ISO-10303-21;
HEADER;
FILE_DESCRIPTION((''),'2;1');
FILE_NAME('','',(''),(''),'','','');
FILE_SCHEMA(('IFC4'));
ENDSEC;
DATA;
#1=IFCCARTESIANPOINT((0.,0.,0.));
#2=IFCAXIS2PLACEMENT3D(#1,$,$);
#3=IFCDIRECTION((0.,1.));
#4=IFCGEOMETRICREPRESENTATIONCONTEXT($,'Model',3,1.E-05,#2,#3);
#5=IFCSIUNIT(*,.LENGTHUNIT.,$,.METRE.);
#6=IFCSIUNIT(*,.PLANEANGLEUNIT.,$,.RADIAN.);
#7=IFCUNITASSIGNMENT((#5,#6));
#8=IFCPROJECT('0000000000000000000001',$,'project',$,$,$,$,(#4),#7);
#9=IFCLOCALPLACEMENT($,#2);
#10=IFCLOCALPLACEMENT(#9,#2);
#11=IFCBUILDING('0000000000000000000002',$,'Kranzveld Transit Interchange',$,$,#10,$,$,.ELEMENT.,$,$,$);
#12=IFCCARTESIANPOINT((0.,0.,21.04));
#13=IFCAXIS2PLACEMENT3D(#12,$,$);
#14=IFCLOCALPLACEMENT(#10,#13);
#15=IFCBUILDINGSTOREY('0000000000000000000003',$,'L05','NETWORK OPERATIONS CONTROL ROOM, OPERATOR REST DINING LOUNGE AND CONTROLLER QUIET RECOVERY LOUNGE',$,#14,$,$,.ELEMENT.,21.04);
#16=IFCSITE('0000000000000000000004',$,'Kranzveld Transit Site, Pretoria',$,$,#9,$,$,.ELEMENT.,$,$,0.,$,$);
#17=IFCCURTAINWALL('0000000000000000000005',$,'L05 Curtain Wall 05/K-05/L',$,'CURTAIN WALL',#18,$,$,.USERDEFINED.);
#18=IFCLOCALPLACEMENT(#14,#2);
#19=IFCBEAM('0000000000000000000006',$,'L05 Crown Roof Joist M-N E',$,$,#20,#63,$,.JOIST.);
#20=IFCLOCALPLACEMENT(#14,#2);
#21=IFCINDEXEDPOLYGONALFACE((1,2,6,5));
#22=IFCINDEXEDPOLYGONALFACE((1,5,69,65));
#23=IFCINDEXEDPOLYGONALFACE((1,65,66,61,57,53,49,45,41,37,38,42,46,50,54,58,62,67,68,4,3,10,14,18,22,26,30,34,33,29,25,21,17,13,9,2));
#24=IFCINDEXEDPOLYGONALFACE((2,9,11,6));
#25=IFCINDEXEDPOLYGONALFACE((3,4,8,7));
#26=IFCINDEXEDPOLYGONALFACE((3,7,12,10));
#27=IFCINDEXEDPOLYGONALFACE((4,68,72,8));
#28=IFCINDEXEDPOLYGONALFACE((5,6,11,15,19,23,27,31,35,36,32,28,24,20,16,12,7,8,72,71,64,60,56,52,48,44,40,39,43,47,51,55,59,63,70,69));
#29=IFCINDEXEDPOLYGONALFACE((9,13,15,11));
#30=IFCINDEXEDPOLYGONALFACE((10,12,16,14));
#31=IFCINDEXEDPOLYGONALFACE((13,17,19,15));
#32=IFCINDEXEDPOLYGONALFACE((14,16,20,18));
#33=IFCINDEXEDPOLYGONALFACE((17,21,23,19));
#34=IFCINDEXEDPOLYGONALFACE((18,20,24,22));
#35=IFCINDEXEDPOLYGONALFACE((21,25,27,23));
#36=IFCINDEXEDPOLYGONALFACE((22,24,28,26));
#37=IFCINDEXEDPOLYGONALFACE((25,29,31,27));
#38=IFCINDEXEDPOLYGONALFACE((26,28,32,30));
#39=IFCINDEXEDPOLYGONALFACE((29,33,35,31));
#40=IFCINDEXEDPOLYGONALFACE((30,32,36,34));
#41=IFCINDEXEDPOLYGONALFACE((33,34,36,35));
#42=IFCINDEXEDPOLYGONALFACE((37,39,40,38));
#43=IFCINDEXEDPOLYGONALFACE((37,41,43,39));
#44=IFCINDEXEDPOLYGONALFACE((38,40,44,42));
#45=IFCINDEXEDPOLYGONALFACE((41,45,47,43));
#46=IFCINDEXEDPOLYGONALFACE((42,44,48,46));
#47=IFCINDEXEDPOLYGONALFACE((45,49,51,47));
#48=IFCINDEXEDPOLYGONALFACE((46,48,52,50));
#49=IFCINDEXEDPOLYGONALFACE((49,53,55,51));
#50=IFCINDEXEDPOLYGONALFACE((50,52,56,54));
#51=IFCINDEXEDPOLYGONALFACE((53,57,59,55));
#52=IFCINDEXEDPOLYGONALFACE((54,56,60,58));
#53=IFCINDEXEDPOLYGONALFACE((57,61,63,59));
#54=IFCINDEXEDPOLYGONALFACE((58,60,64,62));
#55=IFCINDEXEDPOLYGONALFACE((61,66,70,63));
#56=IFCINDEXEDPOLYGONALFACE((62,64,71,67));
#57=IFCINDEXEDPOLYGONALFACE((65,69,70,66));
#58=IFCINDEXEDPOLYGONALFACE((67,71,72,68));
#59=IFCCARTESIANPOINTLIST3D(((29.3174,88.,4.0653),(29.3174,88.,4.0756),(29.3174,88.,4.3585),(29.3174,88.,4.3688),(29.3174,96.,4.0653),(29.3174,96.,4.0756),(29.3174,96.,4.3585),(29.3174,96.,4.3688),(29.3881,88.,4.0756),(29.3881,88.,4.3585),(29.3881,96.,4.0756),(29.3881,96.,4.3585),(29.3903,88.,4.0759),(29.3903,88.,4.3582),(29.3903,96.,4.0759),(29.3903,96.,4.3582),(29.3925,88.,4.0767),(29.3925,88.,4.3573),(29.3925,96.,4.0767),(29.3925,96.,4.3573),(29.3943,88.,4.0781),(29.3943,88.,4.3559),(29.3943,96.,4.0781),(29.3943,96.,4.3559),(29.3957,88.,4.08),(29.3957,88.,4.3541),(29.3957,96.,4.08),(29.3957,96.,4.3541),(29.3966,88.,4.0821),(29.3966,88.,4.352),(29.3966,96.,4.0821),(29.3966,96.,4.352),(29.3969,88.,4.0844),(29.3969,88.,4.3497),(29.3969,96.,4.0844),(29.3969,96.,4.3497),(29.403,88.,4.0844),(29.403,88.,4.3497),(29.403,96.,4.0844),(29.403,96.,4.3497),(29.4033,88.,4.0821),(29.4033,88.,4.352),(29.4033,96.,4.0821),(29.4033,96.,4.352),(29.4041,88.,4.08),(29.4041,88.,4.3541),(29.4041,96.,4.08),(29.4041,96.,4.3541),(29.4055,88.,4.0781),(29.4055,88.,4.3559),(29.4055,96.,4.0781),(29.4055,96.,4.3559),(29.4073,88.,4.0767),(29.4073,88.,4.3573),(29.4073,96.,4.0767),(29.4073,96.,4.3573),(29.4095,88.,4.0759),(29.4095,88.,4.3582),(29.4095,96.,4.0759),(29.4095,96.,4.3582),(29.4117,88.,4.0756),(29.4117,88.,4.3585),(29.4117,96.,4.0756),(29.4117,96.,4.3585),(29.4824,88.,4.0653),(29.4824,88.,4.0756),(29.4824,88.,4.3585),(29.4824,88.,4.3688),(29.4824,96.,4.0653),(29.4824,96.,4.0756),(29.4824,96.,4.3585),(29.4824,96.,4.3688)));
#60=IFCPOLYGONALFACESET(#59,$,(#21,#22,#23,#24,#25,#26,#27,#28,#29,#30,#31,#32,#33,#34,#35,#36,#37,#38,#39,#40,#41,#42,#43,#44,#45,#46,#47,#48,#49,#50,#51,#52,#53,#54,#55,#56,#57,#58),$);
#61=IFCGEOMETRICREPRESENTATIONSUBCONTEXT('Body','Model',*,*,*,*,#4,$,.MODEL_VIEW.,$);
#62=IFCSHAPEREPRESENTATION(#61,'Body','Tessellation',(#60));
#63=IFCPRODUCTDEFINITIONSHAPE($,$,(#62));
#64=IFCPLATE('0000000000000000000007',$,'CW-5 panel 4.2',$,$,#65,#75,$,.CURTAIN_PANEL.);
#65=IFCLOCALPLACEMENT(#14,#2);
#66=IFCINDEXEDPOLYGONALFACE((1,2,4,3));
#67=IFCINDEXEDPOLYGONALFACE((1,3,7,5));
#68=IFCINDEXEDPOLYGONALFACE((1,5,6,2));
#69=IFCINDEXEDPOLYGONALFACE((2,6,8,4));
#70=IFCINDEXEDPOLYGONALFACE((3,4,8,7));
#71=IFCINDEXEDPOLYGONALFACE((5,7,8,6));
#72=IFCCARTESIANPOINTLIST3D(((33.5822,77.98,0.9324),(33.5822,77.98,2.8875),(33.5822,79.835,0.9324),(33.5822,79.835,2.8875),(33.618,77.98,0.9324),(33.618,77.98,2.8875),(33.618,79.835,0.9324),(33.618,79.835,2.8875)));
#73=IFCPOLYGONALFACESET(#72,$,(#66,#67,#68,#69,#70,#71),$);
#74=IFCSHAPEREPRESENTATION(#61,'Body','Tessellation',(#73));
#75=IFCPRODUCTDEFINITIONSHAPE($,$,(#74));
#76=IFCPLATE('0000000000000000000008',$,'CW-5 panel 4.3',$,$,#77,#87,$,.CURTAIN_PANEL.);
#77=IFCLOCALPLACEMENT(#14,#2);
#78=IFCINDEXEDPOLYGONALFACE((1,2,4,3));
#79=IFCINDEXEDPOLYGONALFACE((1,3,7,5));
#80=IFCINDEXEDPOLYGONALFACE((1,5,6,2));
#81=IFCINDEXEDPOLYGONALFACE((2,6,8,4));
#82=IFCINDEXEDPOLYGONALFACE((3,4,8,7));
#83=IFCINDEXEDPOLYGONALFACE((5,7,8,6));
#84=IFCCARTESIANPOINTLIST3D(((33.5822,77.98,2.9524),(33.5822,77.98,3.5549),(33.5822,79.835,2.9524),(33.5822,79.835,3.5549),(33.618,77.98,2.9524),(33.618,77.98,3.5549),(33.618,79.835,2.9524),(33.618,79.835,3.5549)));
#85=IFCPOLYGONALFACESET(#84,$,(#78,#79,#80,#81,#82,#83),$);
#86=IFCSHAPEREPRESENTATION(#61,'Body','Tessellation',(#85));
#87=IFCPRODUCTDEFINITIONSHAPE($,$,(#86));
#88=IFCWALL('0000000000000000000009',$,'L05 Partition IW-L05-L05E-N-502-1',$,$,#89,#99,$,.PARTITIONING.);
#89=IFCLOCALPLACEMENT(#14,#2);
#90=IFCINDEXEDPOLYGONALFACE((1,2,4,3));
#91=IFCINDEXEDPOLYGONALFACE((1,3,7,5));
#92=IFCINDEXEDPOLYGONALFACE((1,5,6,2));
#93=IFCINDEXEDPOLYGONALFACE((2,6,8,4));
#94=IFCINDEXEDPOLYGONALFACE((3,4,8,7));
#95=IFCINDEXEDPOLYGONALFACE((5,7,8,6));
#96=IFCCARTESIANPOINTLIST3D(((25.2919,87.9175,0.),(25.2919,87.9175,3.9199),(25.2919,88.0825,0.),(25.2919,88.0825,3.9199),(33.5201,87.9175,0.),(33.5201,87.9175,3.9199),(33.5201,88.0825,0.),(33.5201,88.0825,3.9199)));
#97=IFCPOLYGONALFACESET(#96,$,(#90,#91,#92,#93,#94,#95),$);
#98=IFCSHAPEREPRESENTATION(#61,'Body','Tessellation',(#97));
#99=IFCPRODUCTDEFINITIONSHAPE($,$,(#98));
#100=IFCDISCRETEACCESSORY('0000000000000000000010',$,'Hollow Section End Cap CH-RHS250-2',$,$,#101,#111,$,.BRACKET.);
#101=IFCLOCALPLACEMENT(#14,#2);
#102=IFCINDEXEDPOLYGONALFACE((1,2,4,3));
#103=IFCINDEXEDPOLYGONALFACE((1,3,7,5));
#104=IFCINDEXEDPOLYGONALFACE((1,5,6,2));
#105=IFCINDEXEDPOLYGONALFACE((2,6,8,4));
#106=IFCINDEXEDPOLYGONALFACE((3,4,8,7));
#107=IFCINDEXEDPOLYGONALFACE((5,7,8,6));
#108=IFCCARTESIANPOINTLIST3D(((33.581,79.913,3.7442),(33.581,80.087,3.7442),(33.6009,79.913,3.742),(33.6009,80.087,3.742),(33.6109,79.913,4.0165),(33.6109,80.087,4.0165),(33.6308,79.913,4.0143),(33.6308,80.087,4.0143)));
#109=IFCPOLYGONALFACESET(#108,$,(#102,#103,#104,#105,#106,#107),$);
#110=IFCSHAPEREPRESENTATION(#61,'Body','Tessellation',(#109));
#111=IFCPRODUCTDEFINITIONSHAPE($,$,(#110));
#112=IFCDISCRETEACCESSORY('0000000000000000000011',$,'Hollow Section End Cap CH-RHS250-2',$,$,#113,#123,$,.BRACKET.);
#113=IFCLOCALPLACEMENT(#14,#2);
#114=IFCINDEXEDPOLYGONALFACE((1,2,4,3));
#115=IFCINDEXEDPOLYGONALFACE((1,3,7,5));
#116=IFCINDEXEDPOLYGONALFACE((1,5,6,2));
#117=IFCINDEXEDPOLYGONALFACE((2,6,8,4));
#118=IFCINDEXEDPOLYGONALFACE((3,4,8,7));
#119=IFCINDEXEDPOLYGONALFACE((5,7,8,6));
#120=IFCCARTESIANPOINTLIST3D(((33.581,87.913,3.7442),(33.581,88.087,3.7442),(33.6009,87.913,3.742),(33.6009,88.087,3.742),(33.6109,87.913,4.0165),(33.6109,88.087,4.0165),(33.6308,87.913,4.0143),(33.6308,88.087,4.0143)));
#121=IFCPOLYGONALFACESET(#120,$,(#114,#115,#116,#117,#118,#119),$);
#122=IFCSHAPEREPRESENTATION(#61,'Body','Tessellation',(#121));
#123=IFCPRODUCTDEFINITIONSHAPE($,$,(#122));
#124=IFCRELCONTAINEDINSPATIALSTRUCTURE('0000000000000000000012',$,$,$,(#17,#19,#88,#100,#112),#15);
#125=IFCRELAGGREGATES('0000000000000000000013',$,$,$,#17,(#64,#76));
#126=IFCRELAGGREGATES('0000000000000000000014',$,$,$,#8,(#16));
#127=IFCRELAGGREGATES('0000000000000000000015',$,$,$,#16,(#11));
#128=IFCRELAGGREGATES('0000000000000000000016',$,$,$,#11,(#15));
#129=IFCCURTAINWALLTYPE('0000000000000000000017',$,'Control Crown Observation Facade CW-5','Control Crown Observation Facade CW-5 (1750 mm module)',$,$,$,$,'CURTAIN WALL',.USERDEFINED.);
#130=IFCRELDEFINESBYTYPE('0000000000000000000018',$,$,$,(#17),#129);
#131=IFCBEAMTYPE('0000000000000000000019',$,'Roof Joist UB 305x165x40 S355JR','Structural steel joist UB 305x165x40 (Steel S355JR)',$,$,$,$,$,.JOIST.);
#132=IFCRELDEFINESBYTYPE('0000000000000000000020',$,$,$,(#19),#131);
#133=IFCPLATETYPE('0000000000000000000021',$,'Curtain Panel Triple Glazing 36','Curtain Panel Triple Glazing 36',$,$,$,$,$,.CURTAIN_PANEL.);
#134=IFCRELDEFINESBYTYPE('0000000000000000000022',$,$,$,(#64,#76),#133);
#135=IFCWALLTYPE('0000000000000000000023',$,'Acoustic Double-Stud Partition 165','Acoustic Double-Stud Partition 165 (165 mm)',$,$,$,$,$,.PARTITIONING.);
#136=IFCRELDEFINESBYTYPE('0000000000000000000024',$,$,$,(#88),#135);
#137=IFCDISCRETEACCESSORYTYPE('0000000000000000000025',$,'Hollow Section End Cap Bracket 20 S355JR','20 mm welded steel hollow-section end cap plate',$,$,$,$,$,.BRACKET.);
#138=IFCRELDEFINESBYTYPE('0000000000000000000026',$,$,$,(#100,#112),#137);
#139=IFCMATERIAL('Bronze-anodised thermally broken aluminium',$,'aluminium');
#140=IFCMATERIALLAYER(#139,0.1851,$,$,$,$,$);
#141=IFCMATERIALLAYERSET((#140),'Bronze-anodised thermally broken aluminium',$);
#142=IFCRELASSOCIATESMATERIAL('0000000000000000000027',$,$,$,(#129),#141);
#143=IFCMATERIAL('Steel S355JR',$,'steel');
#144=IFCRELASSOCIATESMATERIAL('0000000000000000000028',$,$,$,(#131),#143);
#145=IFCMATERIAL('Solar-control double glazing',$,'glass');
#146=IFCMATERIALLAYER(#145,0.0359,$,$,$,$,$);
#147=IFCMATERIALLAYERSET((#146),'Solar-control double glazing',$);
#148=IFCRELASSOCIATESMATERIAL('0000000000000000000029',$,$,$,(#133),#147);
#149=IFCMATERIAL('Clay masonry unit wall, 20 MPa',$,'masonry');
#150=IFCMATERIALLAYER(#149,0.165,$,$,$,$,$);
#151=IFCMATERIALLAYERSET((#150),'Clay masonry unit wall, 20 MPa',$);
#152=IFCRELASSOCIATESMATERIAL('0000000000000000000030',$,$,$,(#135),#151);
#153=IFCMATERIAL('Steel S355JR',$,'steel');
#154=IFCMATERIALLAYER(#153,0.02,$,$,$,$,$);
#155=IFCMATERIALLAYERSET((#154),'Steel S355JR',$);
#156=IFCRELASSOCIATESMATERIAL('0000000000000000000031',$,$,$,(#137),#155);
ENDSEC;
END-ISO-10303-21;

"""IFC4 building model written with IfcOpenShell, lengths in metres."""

from ifc_helpers import new_model, si_unit, direction, frame, frame_2d, origin, origin_2d, place, context, subcontext, project, spatial, rectangle, i_section, extrude, material, layer, layer_set, material_profile, profile_set, type_object, element, aggregate, save


model = new_model("IFC4")

# Units and contexts
model_context = context("Model", 3, precision=1e-05, world=origin(), true_north=direction((0.0, 1.0)))
body_context = subcontext(model_context, "Body", "Model", "MODEL_VIEW")
ifc_project = project(units=[si_unit("LENGTHUNIT", "METRE"), si_unit("PLANEANGLEUNIT", "RADIAN")], contexts=[model_context])

# Site, building, storey
site_placement = place(None, origin())
site = spatial("IfcSite", under=ifc_project, at=site_placement, Name="Kranzveld Transit Site, Pretoria", CompositionType="ELEMENT", RefElevation=0.0)
building_placement = place(site_placement, origin())
building = spatial("IfcBuilding", under=site, at=building_placement, Name="Kranzveld Transit Interchange", CompositionType="ELEMENT")
storey_placement = place(building_placement, frame((0.0, 0.0, 21.04)))
storey = spatial("IfcBuildingStorey", under=building, at=storey_placement, Name="L05", Description="NETWORK OPERATIONS CONTROL ROOM, OPERATOR REST DINING LOUNGE AND CONTROLLER QUIET RECOVERY LOUNGE", CompositionType="ELEMENT", Elevation=21.04)

# Curtain wall
ifc_material_1 = material(Name="Bronze-anodised thermally broken aluminium", Category="aluminium")
ifc_layer_1 = layer(ifc_material_1, 0.1851)
ifc_layer_set_1 = layer_set([ifc_layer_1], Name="Bronze-anodised thermally broken aluminium")
curtain_wall_type = type_object("IfcCurtainWallType", Name="Control Crown Observation Facade CW-5", Description="Control Crown Observation Facade CW-5 (1750 mm module)", ElementType="CURTAIN WALL", PredefinedType="USERDEFINED", material=ifc_layer_set_1)
curtain_wall_1_placement = place(storey_placement, origin())
curtain_wall_1 = element("IfcCurtainWall", 1, at=curtain_wall_1_placement, inside=storey, type_object=curtain_wall_type, Name="L05 Curtain Wall 05/K-05/L", ObjectType="CURTAIN WALL", PredefinedType="USERDEFINED")

# Beam
ifc_material_2 = material(Name="Steel S355JR", Category="steel")
ifc_material_profile_1 = material_profile(ifc_material_2, i_section(OverallWidth=0.165, OverallDepth=0.3035, WebThickness=0.0061, FlangeThickness=0.0103, FilletRadius=0.0088, at=origin_2d()), Name="UB 305x165x40")
ifc_profile_set_1 = profile_set([ifc_material_profile_1], Name="Steel S355JR")
beam_type_1 = type_object("IfcBeamType", Name="Roof Joist UB 305x165x40 S355JR", Description="Structural steel joist UB 305x165x40 (Steel S355JR)", PredefinedType="JOIST", material=ifc_profile_set_1)
for number, where, z_axis, x_axis, name in (
    (2, (29.3999, 88.0, 4.217), (0.0, 1.0, 0.0), (-1.0, 0.0, 0.0), "L05 Crown Roof Joist M-N E"),
):
    element("IfcBeam", number, at=place(storey_placement, frame(where, z_axis=z_axis, x_axis=x_axis)), inside=storey, type_object=beam_type_1, Name=name, PredefinedType="JOIST", context=body_context, shape_type="SweptSolid", body=[
        extrude(i_section(OverallWidth=0.165, OverallDepth=0.3035, WebThickness=0.0061, FlangeThickness=0.0103, FilletRadius=0.0088, at=origin_2d()), origin(), (0.0, 0.0, 1.0), 8.0),
    ])

# Plates
ifc_material_3 = material(Name="Solar-control double glazing", Category="glass")
ifc_layer_2 = layer(ifc_material_3, 0.0359)
ifc_layer_set_2 = layer_set([ifc_layer_2], Name="Solar-control double glazing")
plate_type = type_object("IfcPlateType", Name="Curtain Panel Triple Glazing 36", Description="Curtain Panel Triple Glazing 36", PredefinedType="CURTAIN_PANEL", material=ifc_layer_set_2)
plate_1_placement = place(storey_placement, frame((33.6001, 78.9075, 0.9324), z_axis=(0.0, 0.0, 1.0), x_axis=(0.0, 1.0, 0.0)))
plate_1 = element("IfcPlate", 3, at=plate_1_placement, type_object=plate_type, Name="CW-5 panel 4.2", PredefinedType="CURTAIN_PANEL", context=body_context, shape_type="SweptSolid", body=[
    extrude(rectangle(XDim=1.855, YDim=0.0359, at=origin_2d()), origin(), (0.0, 0.0, 1.0), 1.9551),
])
plate_2_placement = place(storey_placement, frame((33.6001, 78.9075, 2.9524), z_axis=(0.0, 0.0, 1.0), x_axis=(0.0, 1.0, 0.0)))
plate_2 = element("IfcPlate", 4, at=plate_2_placement, type_object=plate_type, Name="CW-5 panel 4.3", PredefinedType="CURTAIN_PANEL", context=body_context, shape_type="SweptSolid", body=[
    extrude(rectangle(XDim=1.855, YDim=0.0359, at=origin_2d()), origin(), (0.0, 0.0, 1.0), 0.6025),
])
aggregate(curtain_wall_1, [plate_1, plate_2])

# Wall
ifc_material_4 = material(Name="Clay masonry unit wall, 20 MPa", Category="masonry")
ifc_layer_3 = layer(ifc_material_4, 0.165)
ifc_layer_set_3 = layer_set([ifc_layer_3], Name="Clay masonry unit wall, 20 MPa")
wall_type = type_object("IfcWallType", Name="Acoustic Double-Stud Partition 165", Description="Acoustic Double-Stud Partition 165 (165 mm)", PredefinedType="PARTITIONING", material=ifc_layer_set_3)
wall_placement = place(storey_placement, frame((25.2917, 88.0, 0.0), z_axis=(0.0, 0.0, 1.0), x_axis=(1.0, 0.0, 0.0)))
element("IfcWall", 5, at=wall_placement, inside=storey, type_object=wall_type, Name="L05 Partition IW-L05-L05E-N-502-1", PredefinedType="PARTITIONING", context=body_context, shape_type="SweptSolid", body=[
    extrude(rectangle(XDim=8.2283, YDim=0.165, at=frame_2d((4.1143, 0.0))), origin(), (0.0, 0.0, 1.0), 3.9199),
])

# Discrete accessories
ifc_material_5 = material(Name="Steel S355JR", Category="steel")
ifc_layer_4 = layer(ifc_material_5, 0.02)
ifc_layer_set_4 = layer_set([ifc_layer_4], Name="Steel S355JR")
discrete_accessory_type = type_object("IfcDiscreteAccessoryType", Name="Hollow Section End Cap Bracket 20 S355JR", Description="20 mm welded steel hollow-section end cap plate", PredefinedType="BRACKET", material=ifc_layer_set_4)
for number, where, z_axis, x_axis, name in (
    (6, (33.5959, 80.0, 3.8804), (0.994031, 0.0, -0.109101), (0.0, 1.0, 0.0), "Hollow Section End Cap CH-RHS250-2"),
    (7, (33.5959, 88.0, 3.8804), (0.994031, 0.0, -0.109101), (0.0, 1.0, 0.0), "Hollow Section End Cap CH-RHS250-2"),
):
    element("IfcDiscreteAccessory", number, at=place(storey_placement, frame(where, z_axis=z_axis, x_axis=x_axis)), inside=storey, type_object=discrete_accessory_type, Name=name, PredefinedType="BRACKET", context=body_context, shape_type="SweptSolid", body=[
        extrude(rectangle(XDim=0.1741, YDim=0.2739, at=origin_2d()), origin(), (0.0, 0.0, 1.0), 0.02),
    ])

save(model, "model.ifc")
